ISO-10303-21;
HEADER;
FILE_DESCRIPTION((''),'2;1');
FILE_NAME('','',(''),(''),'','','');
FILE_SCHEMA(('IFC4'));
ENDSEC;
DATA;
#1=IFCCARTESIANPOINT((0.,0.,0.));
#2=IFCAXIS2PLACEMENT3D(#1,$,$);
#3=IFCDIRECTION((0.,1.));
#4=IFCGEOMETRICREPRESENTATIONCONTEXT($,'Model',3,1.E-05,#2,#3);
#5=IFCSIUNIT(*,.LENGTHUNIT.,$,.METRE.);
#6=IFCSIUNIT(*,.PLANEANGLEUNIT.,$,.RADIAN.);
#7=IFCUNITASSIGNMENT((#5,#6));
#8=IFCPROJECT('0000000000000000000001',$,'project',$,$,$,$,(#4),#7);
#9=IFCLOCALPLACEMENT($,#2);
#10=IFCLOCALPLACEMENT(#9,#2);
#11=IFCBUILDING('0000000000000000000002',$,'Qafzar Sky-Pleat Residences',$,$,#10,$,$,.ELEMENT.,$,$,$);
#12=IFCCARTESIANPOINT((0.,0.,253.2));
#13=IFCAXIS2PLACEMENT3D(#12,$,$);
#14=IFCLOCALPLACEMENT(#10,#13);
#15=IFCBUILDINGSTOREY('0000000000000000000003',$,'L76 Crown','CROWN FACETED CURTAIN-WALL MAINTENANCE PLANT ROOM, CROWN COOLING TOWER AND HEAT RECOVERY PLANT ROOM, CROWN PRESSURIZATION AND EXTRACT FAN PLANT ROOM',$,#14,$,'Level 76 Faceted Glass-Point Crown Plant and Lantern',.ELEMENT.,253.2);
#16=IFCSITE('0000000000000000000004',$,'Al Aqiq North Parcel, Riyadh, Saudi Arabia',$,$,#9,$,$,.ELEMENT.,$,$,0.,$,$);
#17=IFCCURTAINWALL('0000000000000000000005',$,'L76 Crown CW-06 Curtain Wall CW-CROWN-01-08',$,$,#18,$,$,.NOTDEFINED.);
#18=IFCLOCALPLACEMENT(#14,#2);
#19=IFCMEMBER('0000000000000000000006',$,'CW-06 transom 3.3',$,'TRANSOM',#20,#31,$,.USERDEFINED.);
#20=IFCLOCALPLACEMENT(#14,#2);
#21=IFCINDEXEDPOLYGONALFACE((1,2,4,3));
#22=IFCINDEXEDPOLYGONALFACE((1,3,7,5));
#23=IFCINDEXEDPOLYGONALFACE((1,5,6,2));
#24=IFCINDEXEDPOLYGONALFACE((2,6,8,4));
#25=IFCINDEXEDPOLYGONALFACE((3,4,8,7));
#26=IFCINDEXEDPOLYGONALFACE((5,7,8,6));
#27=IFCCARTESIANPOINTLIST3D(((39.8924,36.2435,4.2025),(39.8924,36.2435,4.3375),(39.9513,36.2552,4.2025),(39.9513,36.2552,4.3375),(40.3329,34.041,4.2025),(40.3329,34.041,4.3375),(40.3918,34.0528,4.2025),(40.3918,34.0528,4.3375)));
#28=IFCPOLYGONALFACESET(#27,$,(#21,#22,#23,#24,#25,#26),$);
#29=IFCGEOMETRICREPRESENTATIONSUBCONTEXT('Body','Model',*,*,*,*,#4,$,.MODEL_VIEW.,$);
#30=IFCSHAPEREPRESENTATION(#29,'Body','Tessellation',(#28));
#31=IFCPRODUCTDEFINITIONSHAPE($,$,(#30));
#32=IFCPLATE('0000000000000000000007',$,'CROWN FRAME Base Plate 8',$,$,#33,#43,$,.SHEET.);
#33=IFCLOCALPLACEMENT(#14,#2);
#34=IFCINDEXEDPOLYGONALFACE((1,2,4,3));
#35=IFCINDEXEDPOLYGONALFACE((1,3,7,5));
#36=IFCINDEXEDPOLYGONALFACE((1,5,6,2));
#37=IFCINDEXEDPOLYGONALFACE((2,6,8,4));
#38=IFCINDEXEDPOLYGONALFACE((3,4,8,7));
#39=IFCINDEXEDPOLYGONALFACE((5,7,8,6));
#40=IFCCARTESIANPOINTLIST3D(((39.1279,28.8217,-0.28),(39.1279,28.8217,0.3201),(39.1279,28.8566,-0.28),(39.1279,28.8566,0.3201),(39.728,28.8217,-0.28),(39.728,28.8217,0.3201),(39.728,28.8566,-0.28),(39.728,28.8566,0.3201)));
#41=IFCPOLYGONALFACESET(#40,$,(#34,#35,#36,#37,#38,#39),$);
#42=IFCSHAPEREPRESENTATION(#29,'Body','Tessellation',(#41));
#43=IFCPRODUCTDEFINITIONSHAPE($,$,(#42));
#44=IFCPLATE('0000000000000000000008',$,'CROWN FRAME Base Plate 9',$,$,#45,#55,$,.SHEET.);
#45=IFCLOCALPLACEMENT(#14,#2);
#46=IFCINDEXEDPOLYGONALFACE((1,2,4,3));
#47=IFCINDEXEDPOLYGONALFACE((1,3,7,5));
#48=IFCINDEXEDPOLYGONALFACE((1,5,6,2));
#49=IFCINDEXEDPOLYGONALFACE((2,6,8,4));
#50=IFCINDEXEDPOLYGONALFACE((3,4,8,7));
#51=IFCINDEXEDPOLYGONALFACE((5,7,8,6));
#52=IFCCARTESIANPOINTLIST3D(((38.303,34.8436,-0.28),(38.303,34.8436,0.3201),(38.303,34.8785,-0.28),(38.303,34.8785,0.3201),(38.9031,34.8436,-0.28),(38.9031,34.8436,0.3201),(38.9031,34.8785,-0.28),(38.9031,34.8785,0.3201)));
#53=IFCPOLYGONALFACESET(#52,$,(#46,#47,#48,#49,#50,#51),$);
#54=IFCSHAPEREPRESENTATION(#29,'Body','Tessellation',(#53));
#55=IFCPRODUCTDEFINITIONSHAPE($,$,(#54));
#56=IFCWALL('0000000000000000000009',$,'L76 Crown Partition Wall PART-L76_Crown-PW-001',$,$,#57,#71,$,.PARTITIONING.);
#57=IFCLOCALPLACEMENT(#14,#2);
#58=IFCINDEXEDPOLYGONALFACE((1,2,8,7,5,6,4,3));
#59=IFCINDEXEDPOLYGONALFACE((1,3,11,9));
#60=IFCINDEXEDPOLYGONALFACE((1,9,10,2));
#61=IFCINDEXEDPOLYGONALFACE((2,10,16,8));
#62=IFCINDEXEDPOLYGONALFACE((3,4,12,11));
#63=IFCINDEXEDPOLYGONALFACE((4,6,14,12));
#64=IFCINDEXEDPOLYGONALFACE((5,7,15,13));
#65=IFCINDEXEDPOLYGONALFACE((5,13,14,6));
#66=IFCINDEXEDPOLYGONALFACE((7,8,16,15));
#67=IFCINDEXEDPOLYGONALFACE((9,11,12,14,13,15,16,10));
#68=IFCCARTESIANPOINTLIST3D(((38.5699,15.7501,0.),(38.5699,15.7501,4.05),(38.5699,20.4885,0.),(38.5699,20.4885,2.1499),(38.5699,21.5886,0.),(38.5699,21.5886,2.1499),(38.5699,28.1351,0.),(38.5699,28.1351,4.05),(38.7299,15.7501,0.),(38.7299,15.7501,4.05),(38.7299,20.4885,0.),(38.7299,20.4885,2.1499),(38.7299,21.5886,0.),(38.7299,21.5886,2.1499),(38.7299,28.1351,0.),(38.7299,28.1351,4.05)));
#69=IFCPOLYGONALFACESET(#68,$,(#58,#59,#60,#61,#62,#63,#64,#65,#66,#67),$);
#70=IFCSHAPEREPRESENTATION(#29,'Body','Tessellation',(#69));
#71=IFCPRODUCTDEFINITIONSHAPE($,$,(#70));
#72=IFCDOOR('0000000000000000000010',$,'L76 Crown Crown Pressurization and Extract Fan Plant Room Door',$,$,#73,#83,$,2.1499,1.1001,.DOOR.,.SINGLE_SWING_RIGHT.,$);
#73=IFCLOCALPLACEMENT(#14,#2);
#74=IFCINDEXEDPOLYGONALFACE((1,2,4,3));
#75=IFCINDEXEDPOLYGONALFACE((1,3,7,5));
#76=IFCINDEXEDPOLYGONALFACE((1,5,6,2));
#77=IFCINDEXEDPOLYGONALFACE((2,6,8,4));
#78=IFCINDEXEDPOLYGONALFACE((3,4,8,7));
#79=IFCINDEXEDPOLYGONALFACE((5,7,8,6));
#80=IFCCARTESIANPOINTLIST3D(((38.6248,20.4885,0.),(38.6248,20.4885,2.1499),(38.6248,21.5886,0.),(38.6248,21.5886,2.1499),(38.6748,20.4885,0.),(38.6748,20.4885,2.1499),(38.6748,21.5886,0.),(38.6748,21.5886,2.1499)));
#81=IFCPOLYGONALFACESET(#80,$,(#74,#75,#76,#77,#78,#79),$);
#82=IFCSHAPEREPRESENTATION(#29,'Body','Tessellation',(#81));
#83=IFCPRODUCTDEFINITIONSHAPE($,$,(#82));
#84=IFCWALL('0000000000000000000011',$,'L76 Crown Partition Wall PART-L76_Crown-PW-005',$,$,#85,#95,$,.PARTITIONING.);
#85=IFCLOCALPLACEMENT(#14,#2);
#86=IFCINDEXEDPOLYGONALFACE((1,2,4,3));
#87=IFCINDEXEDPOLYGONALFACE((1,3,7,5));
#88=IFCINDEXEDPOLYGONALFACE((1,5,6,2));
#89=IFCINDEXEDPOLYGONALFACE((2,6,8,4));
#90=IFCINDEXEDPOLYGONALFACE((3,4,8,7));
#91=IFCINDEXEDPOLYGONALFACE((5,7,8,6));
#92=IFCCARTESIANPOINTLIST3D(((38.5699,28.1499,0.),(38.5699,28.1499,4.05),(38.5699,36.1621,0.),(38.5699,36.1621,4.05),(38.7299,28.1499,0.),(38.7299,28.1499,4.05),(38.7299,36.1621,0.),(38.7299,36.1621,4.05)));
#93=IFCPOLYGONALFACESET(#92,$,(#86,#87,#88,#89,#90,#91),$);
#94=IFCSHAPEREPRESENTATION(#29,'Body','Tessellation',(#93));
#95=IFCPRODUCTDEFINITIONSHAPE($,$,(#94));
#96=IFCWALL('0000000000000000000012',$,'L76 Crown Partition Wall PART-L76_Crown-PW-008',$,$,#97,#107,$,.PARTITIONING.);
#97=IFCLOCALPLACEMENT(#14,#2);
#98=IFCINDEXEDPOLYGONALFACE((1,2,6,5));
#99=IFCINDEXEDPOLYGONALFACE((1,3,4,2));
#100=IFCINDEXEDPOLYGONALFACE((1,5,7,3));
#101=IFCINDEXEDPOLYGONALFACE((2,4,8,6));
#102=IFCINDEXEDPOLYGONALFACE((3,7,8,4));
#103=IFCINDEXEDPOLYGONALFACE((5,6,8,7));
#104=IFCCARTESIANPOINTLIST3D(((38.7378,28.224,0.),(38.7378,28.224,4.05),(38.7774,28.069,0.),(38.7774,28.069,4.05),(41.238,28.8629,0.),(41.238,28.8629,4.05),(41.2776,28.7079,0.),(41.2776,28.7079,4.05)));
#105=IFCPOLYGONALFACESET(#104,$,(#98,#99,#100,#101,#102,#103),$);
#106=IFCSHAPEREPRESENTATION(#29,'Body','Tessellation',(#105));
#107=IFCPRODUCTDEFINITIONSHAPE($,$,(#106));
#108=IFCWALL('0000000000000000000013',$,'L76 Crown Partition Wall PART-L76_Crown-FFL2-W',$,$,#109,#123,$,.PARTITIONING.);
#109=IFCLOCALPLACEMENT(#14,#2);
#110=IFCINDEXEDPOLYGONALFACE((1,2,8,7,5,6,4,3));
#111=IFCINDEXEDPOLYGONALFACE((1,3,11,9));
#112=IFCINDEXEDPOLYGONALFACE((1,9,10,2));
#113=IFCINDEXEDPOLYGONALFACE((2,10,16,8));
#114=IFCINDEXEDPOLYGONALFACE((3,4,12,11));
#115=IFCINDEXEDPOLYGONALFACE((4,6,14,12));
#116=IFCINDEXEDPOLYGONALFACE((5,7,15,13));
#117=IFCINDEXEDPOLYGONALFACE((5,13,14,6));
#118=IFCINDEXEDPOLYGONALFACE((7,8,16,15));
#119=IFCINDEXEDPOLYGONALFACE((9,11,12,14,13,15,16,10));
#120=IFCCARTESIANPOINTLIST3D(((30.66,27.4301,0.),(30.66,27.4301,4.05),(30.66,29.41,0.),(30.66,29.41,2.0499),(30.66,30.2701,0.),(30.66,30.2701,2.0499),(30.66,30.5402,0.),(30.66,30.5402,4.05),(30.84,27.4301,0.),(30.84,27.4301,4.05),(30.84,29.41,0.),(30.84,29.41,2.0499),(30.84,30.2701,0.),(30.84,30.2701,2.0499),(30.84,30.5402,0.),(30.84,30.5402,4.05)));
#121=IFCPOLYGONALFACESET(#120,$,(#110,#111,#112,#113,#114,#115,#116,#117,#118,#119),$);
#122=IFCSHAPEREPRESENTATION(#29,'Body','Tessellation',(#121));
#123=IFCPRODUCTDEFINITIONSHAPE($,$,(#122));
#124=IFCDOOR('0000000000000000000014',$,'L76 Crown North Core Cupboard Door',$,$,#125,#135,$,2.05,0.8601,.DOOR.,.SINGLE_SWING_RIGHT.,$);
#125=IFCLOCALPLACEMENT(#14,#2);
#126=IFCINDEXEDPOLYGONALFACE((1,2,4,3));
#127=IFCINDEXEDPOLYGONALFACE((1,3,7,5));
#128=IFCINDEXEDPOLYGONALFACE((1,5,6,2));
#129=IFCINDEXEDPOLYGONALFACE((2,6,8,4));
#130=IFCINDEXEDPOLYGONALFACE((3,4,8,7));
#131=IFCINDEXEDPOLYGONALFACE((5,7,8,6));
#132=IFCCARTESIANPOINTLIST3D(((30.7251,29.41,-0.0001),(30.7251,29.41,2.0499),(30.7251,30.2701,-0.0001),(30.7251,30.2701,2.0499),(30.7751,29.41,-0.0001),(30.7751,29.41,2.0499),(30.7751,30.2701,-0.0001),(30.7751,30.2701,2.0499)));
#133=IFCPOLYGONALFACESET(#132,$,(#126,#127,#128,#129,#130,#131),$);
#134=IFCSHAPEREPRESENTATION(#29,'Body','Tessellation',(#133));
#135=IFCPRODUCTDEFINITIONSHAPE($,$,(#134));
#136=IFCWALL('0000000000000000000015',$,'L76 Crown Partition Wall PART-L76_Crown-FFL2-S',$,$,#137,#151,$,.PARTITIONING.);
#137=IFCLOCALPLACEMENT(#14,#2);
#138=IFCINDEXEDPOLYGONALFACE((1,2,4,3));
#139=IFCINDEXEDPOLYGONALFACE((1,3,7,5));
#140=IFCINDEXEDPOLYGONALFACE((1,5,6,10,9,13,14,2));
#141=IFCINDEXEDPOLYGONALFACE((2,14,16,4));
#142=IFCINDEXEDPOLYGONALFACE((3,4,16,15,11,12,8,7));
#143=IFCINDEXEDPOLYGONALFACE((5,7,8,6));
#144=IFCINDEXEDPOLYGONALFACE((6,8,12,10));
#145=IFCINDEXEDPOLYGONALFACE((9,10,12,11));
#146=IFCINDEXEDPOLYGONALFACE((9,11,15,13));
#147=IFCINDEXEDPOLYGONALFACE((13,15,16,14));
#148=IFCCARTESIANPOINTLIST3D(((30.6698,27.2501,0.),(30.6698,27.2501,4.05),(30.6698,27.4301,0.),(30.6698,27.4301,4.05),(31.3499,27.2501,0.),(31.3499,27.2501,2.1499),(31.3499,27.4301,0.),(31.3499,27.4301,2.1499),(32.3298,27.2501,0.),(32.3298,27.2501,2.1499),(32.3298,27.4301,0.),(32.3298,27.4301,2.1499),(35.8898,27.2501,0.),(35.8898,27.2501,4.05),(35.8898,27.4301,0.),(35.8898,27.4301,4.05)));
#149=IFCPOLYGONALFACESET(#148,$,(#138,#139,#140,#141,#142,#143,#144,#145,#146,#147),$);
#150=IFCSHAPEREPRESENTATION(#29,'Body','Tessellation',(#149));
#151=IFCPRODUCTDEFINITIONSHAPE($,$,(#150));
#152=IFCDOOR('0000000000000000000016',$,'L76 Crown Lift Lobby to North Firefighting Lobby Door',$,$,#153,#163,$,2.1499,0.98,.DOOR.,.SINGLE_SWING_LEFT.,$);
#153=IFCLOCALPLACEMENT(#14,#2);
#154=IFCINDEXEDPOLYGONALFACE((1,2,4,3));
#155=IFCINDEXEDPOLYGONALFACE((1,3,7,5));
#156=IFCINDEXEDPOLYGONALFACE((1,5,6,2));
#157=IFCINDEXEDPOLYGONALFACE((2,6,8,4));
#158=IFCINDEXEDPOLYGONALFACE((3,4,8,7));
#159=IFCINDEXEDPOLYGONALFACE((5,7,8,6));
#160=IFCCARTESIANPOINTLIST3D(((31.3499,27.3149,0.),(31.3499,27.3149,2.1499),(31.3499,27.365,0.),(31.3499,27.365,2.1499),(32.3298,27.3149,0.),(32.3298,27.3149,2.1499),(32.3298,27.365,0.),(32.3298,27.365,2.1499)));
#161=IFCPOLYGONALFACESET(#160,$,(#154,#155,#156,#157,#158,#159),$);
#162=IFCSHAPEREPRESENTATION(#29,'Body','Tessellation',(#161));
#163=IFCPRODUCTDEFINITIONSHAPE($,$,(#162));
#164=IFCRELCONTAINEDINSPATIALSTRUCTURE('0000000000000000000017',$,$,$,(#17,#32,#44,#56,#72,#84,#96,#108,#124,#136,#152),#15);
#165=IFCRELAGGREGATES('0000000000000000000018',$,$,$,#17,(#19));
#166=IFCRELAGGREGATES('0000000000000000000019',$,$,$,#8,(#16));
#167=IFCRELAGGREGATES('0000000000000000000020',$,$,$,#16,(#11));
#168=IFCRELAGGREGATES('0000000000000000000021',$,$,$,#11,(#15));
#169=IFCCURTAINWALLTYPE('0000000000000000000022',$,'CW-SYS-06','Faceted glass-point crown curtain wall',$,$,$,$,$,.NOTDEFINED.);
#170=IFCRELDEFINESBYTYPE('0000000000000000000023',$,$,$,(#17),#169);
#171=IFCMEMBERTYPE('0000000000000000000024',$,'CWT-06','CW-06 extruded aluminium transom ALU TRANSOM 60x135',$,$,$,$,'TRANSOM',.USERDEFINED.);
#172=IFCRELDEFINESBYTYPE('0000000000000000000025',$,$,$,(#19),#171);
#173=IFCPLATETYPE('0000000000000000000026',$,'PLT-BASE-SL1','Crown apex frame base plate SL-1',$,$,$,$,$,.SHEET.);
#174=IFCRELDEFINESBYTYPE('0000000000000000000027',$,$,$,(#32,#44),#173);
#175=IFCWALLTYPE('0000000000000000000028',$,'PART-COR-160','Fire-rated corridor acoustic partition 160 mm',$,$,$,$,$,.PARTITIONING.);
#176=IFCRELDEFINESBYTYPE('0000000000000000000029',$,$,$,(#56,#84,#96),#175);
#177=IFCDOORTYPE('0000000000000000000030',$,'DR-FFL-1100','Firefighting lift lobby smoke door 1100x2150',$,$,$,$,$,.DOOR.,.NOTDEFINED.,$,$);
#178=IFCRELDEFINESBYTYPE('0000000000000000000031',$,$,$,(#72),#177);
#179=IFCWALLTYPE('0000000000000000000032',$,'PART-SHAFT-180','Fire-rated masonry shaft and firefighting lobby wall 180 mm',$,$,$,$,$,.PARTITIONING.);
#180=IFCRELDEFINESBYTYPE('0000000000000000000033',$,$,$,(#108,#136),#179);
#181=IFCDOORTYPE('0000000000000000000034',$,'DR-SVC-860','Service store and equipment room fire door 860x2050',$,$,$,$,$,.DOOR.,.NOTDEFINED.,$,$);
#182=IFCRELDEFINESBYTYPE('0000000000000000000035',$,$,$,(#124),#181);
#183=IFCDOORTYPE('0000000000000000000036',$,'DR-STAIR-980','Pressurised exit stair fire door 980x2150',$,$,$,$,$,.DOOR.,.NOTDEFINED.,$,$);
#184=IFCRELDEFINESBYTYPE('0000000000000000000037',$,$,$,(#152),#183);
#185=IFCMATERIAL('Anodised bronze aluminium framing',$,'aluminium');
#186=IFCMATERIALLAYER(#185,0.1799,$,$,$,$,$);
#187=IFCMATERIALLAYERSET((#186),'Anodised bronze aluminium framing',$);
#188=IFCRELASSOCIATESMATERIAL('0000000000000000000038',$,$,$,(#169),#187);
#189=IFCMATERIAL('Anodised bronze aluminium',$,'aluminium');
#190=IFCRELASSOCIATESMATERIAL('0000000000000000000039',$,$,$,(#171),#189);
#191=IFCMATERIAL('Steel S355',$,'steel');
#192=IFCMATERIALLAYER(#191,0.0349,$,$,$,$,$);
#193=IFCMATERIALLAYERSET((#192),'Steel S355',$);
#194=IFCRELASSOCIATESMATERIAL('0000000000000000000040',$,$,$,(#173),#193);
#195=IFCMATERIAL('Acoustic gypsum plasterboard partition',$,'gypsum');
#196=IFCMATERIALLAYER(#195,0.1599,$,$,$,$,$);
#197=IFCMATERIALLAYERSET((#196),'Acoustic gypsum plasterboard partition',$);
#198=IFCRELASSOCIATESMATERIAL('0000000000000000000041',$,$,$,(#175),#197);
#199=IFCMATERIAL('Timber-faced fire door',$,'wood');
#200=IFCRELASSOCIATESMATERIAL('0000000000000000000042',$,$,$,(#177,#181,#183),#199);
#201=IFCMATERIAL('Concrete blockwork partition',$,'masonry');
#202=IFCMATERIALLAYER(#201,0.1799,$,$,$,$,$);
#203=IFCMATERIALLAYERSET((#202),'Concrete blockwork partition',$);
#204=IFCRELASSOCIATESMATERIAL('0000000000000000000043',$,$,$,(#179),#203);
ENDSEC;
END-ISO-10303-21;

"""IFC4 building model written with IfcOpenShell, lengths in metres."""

from ifc_helpers import new_model, si_unit, direction, frame, frame_2d, origin, origin_2d, place, context, subcontext, project, spatial, rectangle, extrude, source, transform, mapped, material, layer, layer_set, material_profile, profile_set, type_object, element, fill, aggregate, save


model = new_model("IFC4")

# Units and contexts
model_context = context("Model", 3, precision=1e-05, world=origin(), true_north=direction((0.0, 1.0)))
body_context = subcontext(model_context, "Body", "Model", "MODEL_VIEW")
ifc_project = project(units=[si_unit("LENGTHUNIT", "METRE"), si_unit("PLANEANGLEUNIT", "RADIAN")], contexts=[model_context])

# Site, building, storey
site_placement = place(None, origin())
site = spatial("IfcSite", under=ifc_project, at=site_placement, Name="Al Aqiq North Parcel, Riyadh, Saudi Arabia", CompositionType="ELEMENT", RefElevation=0.0)
building_placement = place(site_placement, origin())
building = spatial("IfcBuilding", under=site, at=building_placement, Name="Qafzar Sky-Pleat Residences", CompositionType="ELEMENT")
storey_placement = place(building_placement, frame((0.0, 0.0, 253.2)))
storey = spatial("IfcBuildingStorey", under=building, at=storey_placement, Name="L76 Crown", Description="CROWN FACETED CURTAIN-WALL MAINTENANCE PLANT ROOM, CROWN COOLING TOWER AND HEAT RECOVERY PLANT ROOM, CROWN PRESSURIZATION AND EXTRACT FAN PLANT ROOM", LongName="Level 76 Faceted Glass-Point Crown Plant and Lantern", CompositionType="ELEMENT", Elevation=253.2)

# Shared definitions
ifc_material_1 = material(Name="Steel S355", Category="steel")

# Curtain wall, member
ifc_material_2 = material(Name="Anodised bronze aluminium framing", Category="aluminium")
ifc_layer_1 = layer(ifc_material_2, 0.1799)
ifc_layer_set_1 = layer_set([ifc_layer_1], Name="Anodised bronze aluminium framing")
curtain_wall_type = type_object("IfcCurtainWallType", Name="CW-SYS-06", Description="Faceted glass-point crown curtain wall", PredefinedType="NOTDEFINED", material=ifc_layer_set_1)
curtain_wall_placement = place(storey_placement, origin())
curtain_wall = element("IfcCurtainWall", 1, at=curtain_wall_placement, inside=storey, type_object=curtain_wall_type, Name="L76 Crown CW-06 Curtain Wall CW-CROWN-01-08", PredefinedType="NOTDEFINED")
ifc_material_3 = material(Name="Anodised bronze aluminium", Category="aluminium")
ifc_material_profile_1 = material_profile(ifc_material_3, rectangle(XDim=0.0601, YDim=0.135, at=origin_2d()), Name="ALU TRANSOM 60x135")
ifc_profile_set_1 = profile_set([ifc_material_profile_1], Name="Anodised bronze aluminium")
member_type_1 = type_object("IfcMemberType", Name="CWT-06", Description="CW-06 extruded aluminium transom ALU TRANSOM 60x135", ElementType="TRANSOM", PredefinedType="USERDEFINED", material=ifc_profile_set_1)
shared_shape_1 = source(origin(), body_context, "Body", "SweptSolid", [
    extrude(rectangle(XDim=0.0601, YDim=0.135, at=origin_2d()), origin(), (0.0, 0.0, 1.0), 2.2461),
])
member_1_placement = place(storey_placement, frame((40.3623, 34.0469, 4.27), z_axis=(-0.196095, 0.980585, 0.0), x_axis=(-0.980585, -0.196095, 0.0)))
member_1 = element("IfcMember", 2, at=member_1_placement, type_object=member_type_1, Name="CW-06 transom 3.3", ObjectType="TRANSOM", PredefinedType="USERDEFINED", context=body_context, shape_type="MappedRepresentation", body=[
    mapped(shared_shape_1, transform((0.0, 0.0, 0.0), x_axis=(1.0, 0.0, 0.0), y_axis=(0.0, 1.0, 0.0), z_axis=(0.0, 0.0, 1.0), scale=1.0)),
])
aggregate(curtain_wall, [member_1])

# Plates
ifc_layer_2 = layer(ifc_material_1, 0.0349)
ifc_layer_set_2 = layer_set([ifc_layer_2], Name="Steel S355")
plate_type = type_object("IfcPlateType", Name="PLT-BASE-SL1", Description="Crown apex frame base plate SL-1", PredefinedType="SHEET", material=ifc_layer_set_2)
shared_shape_2 = source(origin(), body_context, "Body", "SweptSolid", [
    extrude(rectangle(XDim=0.6001, YDim=0.0349, at=origin_2d()), origin(), (0.0, 0.0, 1.0), 0.6001),
])
for number, where, z_axis, x_axis, name in (
    (3, (39.428, 28.8391, -0.28), (0.0, 0.0, 1.0), (1.0, 0.0, 0.0), "CROWN FRAME Base Plate 8"),
    (4, (38.603, 34.8611, -0.28), (0.0, 0.0, 1.0), (1.0, 0.0, 0.0), "CROWN FRAME Base Plate 9"),
):
    element("IfcPlate", number, at=place(storey_placement, frame(where, z_axis=z_axis, x_axis=x_axis)), inside=storey, type_object=plate_type, Name=name, PredefinedType="SHEET", context=body_context, shape_type="MappedRepresentation", body=[
        mapped(shared_shape_2, transform((0.0, 0.0, 0.0), x_axis=(1.0, 0.0, 0.0), y_axis=(0.0, 1.0, 0.0), z_axis=(0.0, 0.0, 1.0), scale=1.0)),
    ])

# Wall, opening, door
ifc_material_4 = material(Name="Acoustic gypsum plasterboard partition", Category="gypsum")
ifc_layer_3 = layer(ifc_material_4, 0.1599)
ifc_layer_set_3 = layer_set([ifc_layer_3], Name="Acoustic gypsum plasterboard partition")
wall_type_1 = type_object("IfcWallType", Name="PART-COR-160", Description="Fire-rated corridor acoustic partition 160 mm", PredefinedType="PARTITIONING", material=ifc_layer_set_3)
wall_1_placement = place(storey_placement, frame((38.6499, 28.135, 0.0), z_axis=(0.0, 0.0, 1.0), x_axis=(0.0, -1.0, 0.0)))
wall_1 = element("IfcWall", 5, at=wall_1_placement, inside=storey, type_object=wall_type_1, Name="L76 Crown Partition Wall PART-L76_Crown-PW-001", PredefinedType="PARTITIONING", context=body_context, shape_type="SweptSolid", body=[
    extrude(rectangle(XDim=12.385, YDim=0.1599, at=frame_2d((6.1924, 0.0))), origin(), (0.0, 0.0, 1.0), 4.05),
])
opening_1_placement = place(wall_1_placement, frame((6.5464, 0.0, 0.0)))
opening_1 = element("IfcOpeningElement", 6, at=opening_1_placement, cuts=wall_1, PredefinedType="OPENING", context=body_context, shape_type="SweptSolid", body=[
    extrude(rectangle(XDim=1.1001, YDim=2.1499, at=frame_2d((0.55, 1.075))), frame((0.0, 0.0898, 0.0), z_axis=(0.0, -1.0, 0.0), x_axis=(1.0, 0.0, 0.0)), (0.0, 0.0, 1.0), 0.1799),
])
ifc_material_5 = material(Name="Timber-faced fire door", Category="wood")
door_type_1 = type_object("IfcDoorType", Name="DR-FFL-1100", Description="Firefighting lift lobby smoke door 1100x2150", OperationType="NOTDEFINED", PredefinedType="DOOR", material=ifc_material_5)
shared_shape_3 = source(origin(), body_context, "Body", "SweptSolid", [
    extrude(rectangle(XDim=1.1001, YDim=2.1499, at=frame_2d((0.55, 1.075))), frame((0.0, 0.0249, 0.0), z_axis=(0.0, -1.0, 0.0), x_axis=(1.0, 0.0, 0.0)), (0.0, 0.0, 1.0), 0.05),
])
door_1_placement = place(opening_1_placement, origin())
door_1 = element("IfcDoor", 7, at=door_1_placement, inside=storey, type_object=door_type_1, Name="L76 Crown Crown Pressurization and Extract Fan Plant Room Door", OperationType="SINGLE_SWING_RIGHT", OverallHeight=2.1499, OverallWidth=1.1001, PredefinedType="DOOR", context=body_context, shape_type="MappedRepresentation", body=[
    mapped(shared_shape_3, transform((0.0, 0.0, 0.0), x_axis=(1.0, 0.0, 0.0), y_axis=(0.0, 1.0, 0.0), z_axis=(0.0, 0.0, 1.0), scale=1.0)),
])
fill(opening_1, door_1)

# Walls
wall_2_placement = place(storey_placement, frame((38.6499, 28.1499, 0.0), z_axis=(0.0, 0.0, 1.0), x_axis=(0.0, 1.0, 0.0)))
element("IfcWall", 8, at=wall_2_placement, inside=storey, type_object=wall_type_1, Name="L76 Crown Partition Wall PART-L76_Crown-PW-005", PredefinedType="PARTITIONING", context=body_context, shape_type="SweptSolid", body=[
    extrude(rectangle(XDim=8.0122, YDim=0.1599, at=frame_2d((4.0061, 0.0))), origin(), (0.0, 0.0, 1.0), 4.05),
])
wall_3_placement = place(storey_placement, frame((38.7576, 28.1465, 0.0), z_axis=(0.0, 0.0, 1.0), x_axis=(0.968866, 0.247585, 0.0)))
element("IfcWall", 9, at=wall_3_placement, inside=storey, type_object=wall_type_1, Name="L76 Crown Partition Wall PART-L76_Crown-PW-008", PredefinedType="PARTITIONING", context=body_context, shape_type="SweptSolid", body=[
    extrude(rectangle(XDim=2.5806, YDim=0.1599, at=frame_2d((1.2903, 0.0))), origin(), (0.0, 0.0, 1.0), 4.05),
])

# Walls, openings, doors
ifc_material_6 = material(Name="Concrete blockwork partition", Category="masonry")
ifc_layer_4 = layer(ifc_material_6, 0.1799)
ifc_layer_set_4 = layer_set([ifc_layer_4], Name="Concrete blockwork partition")
wall_type_2 = type_object("IfcWallType", Name="PART-SHAFT-180", Description="Fire-rated masonry shaft and firefighting lobby wall 180 mm", PredefinedType="PARTITIONING", material=ifc_layer_set_4)
wall_4_placement = place(storey_placement, frame((30.75, 27.4299, 0.0), z_axis=(0.0, 0.0, 1.0), x_axis=(0.0, 1.0, 0.0)))
wall_4 = element("IfcWall", 10, at=wall_4_placement, inside=storey, type_object=wall_type_2, Name="L76 Crown Partition Wall PART-L76_Crown-FFL2-W", PredefinedType="PARTITIONING", context=body_context, shape_type="SweptSolid", body=[
    extrude(rectangle(XDim=3.1101, YDim=0.1799, at=frame_2d((1.5552, 0.0))), origin(), (0.0, 0.0, 1.0), 4.05),
])
opening_2_placement = place(wall_4_placement, frame((1.98, 0.0, 0.0)))
opening_2 = element("IfcOpeningElement", 11, at=opening_2_placement, cuts=wall_4, PredefinedType="OPENING", context=body_context, shape_type="SweptSolid", body=[
    extrude(rectangle(XDim=0.8601, YDim=2.05, at=frame_2d((0.4302, 1.0249))), frame((0.0, 0.1001, 0.0), z_axis=(0.0, -1.0, 0.0), x_axis=(1.0, 0.0, 0.0)), (0.0, 0.0, 1.0), 0.2),
])
door_type_2 = type_object("IfcDoorType", Name="DR-SVC-860", Description="Service store and equipment room fire door 860x2050", OperationType="NOTDEFINED", PredefinedType="DOOR", material=ifc_material_5)
shared_shape_4 = source(origin(), body_context, "Body", "SweptSolid", [
    extrude(rectangle(XDim=0.8601, YDim=2.05, at=frame_2d((0.4302, 1.0249))), frame((0.0, 0.0249, 0.0), z_axis=(0.0, -1.0, 0.0), x_axis=(1.0, 0.0, 0.0)), (0.0, 0.0, 1.0), 0.05),
])
door_2_placement = place(opening_2_placement, origin())
door_2 = element("IfcDoor", 12, at=door_2_placement, inside=storey, type_object=door_type_2, Name="L76 Crown North Core Cupboard Door", OperationType="SINGLE_SWING_RIGHT", OverallHeight=2.05, OverallWidth=0.8601, PredefinedType="DOOR", context=body_context, shape_type="MappedRepresentation", body=[
    mapped(shared_shape_4, transform((0.0, 0.0, 0.0), x_axis=(1.0, 0.0, 0.0), y_axis=(0.0, 1.0, 0.0), z_axis=(0.0, 0.0, 1.0), scale=1.0)),
])
fill(opening_2, door_2)
wall_5_placement = place(storey_placement, frame((30.6699, 27.3401, 0.0), z_axis=(0.0, 0.0, 1.0), x_axis=(1.0, 0.0, 0.0)))
wall_5 = element("IfcWall", 13, at=wall_5_placement, inside=storey, type_object=wall_type_2, Name="L76 Crown Partition Wall PART-L76_Crown-FFL2-S", PredefinedType="PARTITIONING", context=body_context, shape_type="SweptSolid", body=[
    extrude(rectangle(XDim=5.22, YDim=0.1799, at=frame_2d((2.6099, 0.0))), origin(), (0.0, 0.0, 1.0), 4.05),
])
opening_3_placement = place(wall_5_placement, frame((0.6799, 0.0, 0.0)))
opening_3 = element("IfcOpeningElement", 14, at=opening_3_placement, cuts=wall_5, PredefinedType="OPENING", context=body_context, shape_type="SweptSolid", body=[
    extrude(rectangle(XDim=0.98, YDim=2.1499, at=frame_2d((0.49, 1.075))), frame((0.0, 0.1001, 0.0), z_axis=(0.0, -1.0, 0.0), x_axis=(1.0, 0.0, 0.0)), (0.0, 0.0, 1.0), 0.2),
])
door_type_3 = type_object("IfcDoorType", Name="DR-STAIR-980", Description="Pressurised exit stair fire door 980x2150", OperationType="NOTDEFINED", PredefinedType="DOOR", material=ifc_material_5)
shared_shape_5 = source(origin(), body_context, "Body", "SweptSolid", [
    extrude(rectangle(XDim=0.98, YDim=2.1499, at=frame_2d((0.49, 1.075))), frame((0.0, 0.0249, 0.0), z_axis=(0.0, -1.0, 0.0), x_axis=(1.0, 0.0, 0.0)), (0.0, 0.0, 1.0), 0.05),
])
door_3_placement = place(opening_3_placement, origin())
door_3 = element("IfcDoor", 15, at=door_3_placement, inside=storey, type_object=door_type_3, Name="L76 Crown Lift Lobby to North Firefighting Lobby Door", OperationType="SINGLE_SWING_LEFT", OverallHeight=2.1499, OverallWidth=0.98, PredefinedType="DOOR", context=body_context, shape_type="MappedRepresentation", body=[
    mapped(shared_shape_5, transform((0.0, 0.0, 0.0), x_axis=(1.0, 0.0, 0.0), y_axis=(0.0, 1.0, 0.0), z_axis=(0.0, 0.0, 1.0), scale=1.0)),
])
fill(opening_3, door_3)

save(model, "model.ifc")
